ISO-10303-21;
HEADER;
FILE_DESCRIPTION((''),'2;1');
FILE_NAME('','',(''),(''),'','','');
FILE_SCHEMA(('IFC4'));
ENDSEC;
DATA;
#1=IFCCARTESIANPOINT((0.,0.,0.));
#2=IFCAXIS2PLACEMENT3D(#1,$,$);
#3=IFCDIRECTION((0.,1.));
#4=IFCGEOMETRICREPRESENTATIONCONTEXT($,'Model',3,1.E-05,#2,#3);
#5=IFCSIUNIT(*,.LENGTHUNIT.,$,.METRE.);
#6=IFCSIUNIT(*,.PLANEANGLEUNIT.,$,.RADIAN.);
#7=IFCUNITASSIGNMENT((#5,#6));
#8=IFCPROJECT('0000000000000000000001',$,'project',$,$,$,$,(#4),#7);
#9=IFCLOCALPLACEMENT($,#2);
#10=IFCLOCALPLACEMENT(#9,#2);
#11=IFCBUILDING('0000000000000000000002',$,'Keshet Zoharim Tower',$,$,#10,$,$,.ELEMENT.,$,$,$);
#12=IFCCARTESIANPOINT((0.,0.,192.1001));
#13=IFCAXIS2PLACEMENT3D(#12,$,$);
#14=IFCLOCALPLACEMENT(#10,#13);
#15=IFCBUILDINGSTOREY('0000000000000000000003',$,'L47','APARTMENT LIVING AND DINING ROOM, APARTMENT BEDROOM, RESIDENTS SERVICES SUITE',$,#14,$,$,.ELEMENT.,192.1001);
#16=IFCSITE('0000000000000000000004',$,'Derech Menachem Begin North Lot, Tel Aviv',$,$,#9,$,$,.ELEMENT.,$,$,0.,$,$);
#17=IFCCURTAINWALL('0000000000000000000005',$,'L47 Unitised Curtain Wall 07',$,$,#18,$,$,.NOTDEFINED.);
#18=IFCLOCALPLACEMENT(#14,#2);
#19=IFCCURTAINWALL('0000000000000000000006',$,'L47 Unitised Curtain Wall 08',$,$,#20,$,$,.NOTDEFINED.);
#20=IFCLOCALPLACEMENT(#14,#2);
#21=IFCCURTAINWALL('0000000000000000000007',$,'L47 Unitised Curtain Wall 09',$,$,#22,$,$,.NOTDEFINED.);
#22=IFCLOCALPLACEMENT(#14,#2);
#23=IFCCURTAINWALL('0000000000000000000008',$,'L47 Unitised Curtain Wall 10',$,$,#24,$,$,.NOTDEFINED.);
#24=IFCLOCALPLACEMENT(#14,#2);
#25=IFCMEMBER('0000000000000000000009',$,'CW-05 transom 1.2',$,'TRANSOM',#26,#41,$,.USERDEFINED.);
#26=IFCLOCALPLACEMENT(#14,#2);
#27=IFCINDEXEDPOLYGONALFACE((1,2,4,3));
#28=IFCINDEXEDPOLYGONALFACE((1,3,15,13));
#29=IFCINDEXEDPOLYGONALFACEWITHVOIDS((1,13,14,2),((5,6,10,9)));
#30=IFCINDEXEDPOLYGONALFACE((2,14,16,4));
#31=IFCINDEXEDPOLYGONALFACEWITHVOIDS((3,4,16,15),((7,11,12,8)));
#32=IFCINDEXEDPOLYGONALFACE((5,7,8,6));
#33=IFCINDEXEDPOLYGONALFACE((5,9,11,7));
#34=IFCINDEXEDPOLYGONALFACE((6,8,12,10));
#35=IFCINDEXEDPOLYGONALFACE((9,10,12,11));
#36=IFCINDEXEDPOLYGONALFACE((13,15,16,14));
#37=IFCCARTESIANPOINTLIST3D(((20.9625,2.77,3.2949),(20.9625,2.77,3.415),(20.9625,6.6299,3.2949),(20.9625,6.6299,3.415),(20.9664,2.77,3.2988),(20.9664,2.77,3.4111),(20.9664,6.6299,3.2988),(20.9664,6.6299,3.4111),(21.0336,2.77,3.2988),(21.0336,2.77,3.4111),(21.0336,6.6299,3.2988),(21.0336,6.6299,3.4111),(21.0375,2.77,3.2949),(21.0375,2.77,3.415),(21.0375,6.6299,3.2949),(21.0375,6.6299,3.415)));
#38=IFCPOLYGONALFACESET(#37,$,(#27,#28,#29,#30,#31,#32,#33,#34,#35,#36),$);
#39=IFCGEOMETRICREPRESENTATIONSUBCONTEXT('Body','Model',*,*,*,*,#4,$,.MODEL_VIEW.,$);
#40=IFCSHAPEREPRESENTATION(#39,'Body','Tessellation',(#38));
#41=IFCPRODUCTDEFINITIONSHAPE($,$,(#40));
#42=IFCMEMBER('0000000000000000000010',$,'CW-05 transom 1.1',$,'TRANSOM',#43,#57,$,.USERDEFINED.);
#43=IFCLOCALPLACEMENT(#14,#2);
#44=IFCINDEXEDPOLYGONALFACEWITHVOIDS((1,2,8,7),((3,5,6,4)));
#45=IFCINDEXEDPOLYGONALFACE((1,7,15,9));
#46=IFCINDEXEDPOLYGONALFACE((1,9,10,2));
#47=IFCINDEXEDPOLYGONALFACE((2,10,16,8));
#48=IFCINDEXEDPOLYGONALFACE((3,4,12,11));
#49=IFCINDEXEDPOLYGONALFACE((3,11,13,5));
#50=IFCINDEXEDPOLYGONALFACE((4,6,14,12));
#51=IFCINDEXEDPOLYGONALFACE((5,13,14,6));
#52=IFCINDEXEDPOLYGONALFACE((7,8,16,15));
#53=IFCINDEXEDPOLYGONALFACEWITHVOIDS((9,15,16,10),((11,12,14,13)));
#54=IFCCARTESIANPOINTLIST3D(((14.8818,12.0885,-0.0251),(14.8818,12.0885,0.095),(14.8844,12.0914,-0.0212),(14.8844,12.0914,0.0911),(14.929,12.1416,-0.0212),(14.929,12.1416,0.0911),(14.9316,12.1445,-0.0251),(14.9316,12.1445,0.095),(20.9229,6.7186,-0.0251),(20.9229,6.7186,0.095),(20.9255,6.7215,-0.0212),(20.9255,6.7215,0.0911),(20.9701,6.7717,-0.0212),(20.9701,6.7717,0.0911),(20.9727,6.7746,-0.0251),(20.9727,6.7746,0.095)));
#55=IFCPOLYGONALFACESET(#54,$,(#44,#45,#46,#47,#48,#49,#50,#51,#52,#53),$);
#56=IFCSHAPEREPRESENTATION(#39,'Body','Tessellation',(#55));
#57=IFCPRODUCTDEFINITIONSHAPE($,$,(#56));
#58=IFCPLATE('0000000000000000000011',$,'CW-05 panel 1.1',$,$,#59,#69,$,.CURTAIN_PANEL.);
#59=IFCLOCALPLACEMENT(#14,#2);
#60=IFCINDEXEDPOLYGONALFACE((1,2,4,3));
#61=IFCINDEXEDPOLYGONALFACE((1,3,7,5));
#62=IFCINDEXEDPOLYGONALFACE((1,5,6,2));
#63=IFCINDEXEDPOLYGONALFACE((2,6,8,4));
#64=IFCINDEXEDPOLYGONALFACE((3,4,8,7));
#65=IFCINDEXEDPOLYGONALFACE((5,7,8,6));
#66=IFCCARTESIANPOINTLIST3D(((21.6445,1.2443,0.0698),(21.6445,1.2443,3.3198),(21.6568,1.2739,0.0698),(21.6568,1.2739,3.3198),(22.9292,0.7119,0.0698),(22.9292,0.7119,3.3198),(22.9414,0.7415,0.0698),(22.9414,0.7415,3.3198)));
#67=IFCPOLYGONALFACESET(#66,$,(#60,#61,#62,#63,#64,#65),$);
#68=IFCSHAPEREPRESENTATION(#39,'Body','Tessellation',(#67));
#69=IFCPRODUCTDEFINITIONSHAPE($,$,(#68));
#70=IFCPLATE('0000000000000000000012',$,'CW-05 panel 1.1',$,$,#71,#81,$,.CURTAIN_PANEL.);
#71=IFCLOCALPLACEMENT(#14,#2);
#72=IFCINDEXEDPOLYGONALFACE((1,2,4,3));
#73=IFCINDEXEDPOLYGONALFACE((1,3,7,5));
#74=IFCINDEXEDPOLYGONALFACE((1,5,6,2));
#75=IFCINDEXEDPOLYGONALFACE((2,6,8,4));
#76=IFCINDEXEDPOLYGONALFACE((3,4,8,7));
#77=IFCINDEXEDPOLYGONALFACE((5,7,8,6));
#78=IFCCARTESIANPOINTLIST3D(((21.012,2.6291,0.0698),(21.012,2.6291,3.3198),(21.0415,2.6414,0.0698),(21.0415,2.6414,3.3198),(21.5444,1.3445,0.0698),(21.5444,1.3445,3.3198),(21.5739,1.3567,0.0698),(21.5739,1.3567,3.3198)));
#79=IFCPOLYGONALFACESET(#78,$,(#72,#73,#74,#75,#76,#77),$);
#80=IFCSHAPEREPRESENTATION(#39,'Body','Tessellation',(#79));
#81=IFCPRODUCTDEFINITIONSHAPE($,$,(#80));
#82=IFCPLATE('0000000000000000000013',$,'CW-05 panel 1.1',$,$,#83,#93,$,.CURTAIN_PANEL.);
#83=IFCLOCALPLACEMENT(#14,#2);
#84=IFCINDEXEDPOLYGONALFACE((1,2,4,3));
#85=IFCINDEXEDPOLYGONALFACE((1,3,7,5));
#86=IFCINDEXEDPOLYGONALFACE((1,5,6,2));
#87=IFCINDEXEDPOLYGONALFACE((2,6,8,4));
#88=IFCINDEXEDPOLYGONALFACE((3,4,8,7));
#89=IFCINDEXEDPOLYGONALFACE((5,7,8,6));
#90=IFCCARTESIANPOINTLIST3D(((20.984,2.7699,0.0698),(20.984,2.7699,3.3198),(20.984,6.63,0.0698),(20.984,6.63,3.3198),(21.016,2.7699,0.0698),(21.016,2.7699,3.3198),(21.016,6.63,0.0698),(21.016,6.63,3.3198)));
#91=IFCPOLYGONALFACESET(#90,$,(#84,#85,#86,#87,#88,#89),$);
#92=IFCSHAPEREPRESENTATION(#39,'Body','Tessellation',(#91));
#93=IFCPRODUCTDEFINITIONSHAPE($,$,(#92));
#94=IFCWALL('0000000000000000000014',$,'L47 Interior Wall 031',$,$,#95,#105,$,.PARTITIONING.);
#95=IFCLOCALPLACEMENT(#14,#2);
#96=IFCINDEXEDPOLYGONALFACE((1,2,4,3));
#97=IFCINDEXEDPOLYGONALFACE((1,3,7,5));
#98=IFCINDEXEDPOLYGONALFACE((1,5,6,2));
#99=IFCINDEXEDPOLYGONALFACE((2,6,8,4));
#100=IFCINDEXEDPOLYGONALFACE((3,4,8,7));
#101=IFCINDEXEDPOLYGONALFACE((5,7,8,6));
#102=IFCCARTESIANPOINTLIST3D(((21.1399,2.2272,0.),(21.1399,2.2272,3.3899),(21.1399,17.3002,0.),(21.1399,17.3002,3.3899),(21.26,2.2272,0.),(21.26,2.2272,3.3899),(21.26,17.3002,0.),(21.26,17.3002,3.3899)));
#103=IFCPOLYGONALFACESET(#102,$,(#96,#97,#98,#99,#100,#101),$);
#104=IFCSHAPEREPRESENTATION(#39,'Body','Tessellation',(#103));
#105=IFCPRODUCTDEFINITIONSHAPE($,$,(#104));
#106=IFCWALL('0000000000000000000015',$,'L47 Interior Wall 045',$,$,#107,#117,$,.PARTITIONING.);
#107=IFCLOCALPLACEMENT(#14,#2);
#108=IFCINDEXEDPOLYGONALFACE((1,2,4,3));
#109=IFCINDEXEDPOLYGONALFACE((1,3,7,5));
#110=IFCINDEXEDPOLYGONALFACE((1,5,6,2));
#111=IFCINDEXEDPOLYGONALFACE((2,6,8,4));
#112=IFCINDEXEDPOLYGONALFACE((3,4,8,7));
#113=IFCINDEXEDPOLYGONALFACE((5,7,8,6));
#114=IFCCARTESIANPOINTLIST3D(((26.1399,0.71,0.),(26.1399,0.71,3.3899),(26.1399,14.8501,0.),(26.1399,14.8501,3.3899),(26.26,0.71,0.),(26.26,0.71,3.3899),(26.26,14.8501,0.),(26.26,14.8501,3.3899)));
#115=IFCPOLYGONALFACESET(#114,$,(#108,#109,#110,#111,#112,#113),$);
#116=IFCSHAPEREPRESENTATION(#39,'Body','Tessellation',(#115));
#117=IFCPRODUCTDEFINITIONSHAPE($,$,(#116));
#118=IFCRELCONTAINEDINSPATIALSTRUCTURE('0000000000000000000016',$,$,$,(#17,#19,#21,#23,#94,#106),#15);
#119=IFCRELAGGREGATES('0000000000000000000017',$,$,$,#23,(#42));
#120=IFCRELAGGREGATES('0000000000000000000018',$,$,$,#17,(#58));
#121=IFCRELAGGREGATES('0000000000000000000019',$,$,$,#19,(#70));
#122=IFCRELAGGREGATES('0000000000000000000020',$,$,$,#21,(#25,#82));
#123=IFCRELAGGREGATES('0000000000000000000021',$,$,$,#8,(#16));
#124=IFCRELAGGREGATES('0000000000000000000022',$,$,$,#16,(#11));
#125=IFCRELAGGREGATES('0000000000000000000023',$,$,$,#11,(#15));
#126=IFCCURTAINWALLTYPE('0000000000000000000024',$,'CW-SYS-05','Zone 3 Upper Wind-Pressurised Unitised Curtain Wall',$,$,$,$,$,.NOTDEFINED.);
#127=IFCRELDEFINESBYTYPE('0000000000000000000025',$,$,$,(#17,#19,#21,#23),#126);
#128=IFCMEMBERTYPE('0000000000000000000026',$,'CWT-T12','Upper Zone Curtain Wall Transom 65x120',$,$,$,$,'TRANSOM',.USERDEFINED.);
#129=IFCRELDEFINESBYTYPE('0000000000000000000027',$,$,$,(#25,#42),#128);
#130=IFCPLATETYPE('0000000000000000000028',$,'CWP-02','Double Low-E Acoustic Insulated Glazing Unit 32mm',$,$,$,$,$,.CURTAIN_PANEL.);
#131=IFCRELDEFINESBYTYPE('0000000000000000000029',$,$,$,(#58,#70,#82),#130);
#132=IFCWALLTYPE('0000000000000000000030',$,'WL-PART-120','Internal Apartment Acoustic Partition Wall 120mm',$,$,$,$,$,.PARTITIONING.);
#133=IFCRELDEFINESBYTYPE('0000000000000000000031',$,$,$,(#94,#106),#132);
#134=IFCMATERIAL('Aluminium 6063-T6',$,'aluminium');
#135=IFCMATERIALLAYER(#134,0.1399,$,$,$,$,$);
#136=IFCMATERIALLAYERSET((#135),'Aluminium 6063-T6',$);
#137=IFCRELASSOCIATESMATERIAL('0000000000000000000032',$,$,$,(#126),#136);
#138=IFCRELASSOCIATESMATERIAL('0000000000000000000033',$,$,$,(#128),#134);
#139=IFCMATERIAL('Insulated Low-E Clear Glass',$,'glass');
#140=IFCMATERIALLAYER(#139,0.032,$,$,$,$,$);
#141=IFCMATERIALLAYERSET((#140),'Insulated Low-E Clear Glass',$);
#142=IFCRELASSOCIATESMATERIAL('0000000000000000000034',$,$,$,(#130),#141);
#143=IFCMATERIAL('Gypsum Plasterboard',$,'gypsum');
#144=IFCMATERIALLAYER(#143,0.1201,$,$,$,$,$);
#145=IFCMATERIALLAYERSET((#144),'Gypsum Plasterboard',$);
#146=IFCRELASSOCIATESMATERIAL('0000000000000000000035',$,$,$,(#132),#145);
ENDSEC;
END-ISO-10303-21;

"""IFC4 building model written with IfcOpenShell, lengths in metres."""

from ifc_helpers import new_model, si_unit, direction, frame, frame_2d, origin, origin_2d, place, context, subcontext, project, spatial, rectangle, hollow_rectangle, extrude, material, layer, layer_set, material_profile, profile_set, type_object, element, aggregate, save


model = new_model("IFC4")

# Units and contexts
model_context = context("Model", 3, precision=1e-05, world=origin(), true_north=direction((0.0, 1.0)))
body_context = subcontext(model_context, "Body", "Model", "MODEL_VIEW")
ifc_project = project(units=[si_unit("LENGTHUNIT", "METRE"), si_unit("PLANEANGLEUNIT", "RADIAN")], contexts=[model_context])

# Site, building, storey
site_placement = place(None, origin())
site = spatial("IfcSite", under=ifc_project, at=site_placement, Name="Derech Menachem Begin North Lot, Tel Aviv", CompositionType="ELEMENT", RefElevation=0.0)
building_placement = place(site_placement, origin())
building = spatial("IfcBuilding", under=site, at=building_placement, Name="Keshet Zoharim Tower", CompositionType="ELEMENT")
storey_placement = place(building_placement, frame((0.0, 0.0, 192.1001)))
storey = spatial("IfcBuildingStorey", under=building, at=storey_placement, Name="L47", Description="APARTMENT LIVING AND DINING ROOM, APARTMENT BEDROOM, RESIDENTS SERVICES SUITE", CompositionType="ELEMENT", Elevation=192.1001)

# Shared definitions
ifc_material_1 = material(Name="Aluminium 6063-T6", Category="aluminium")
ifc_layer_1 = layer(ifc_material_1, 0.1399)
ifc_layer_set_1 = layer_set([ifc_layer_1], Name="Aluminium 6063-T6")
curtain_wall_type = type_object("IfcCurtainWallType", Name="CW-SYS-05", Description="Zone 3 Upper Wind-Pressurised Unitised Curtain Wall", PredefinedType="NOTDEFINED", material=ifc_layer_set_1)

# Curtain walls
curtain_wall_1_placement = place(storey_placement, origin())
curtain_wall_1 = element("IfcCurtainWall", 1, at=curtain_wall_1_placement, inside=storey, type_object=curtain_wall_type, Name="L47 Unitised Curtain Wall 07", PredefinedType="NOTDEFINED")
curtain_wall_2_placement = place(storey_placement, origin())
curtain_wall_2 = element("IfcCurtainWall", 2, at=curtain_wall_2_placement, inside=storey, type_object=curtain_wall_type, Name="L47 Unitised Curtain Wall 08", PredefinedType="NOTDEFINED")
curtain_wall_3_placement = place(storey_placement, origin())
curtain_wall_3 = element("IfcCurtainWall", 3, at=curtain_wall_3_placement, inside=storey, type_object=curtain_wall_type, Name="L47 Unitised Curtain Wall 09", PredefinedType="NOTDEFINED")

# Curtain wall
curtain_wall_4_placement = place(storey_placement, origin())
curtain_wall_4 = element("IfcCurtainWall", 4, at=curtain_wall_4_placement, inside=storey, type_object=curtain_wall_type, Name="L47 Unitised Curtain Wall 10", PredefinedType="NOTDEFINED")

# Members
ifc_material_profile_1 = material_profile(ifc_material_1, hollow_rectangle(XDim=0.075, YDim=0.1201, WallThickness=0.0039, at=origin_2d()), Name="TRN-75x120")
ifc_profile_set_1 = profile_set([ifc_material_profile_1], Name="Aluminium 6063-T6")
member_type_1 = type_object("IfcMemberType", Name="CWT-T12", Description="Upper Zone Curtain Wall Transom 65x120", ElementType="TRANSOM", PredefinedType="USERDEFINED", material=ifc_profile_set_1)
member_1_placement = place(storey_placement, frame((21.0, 2.77, 3.355), z_axis=(0.0, 1.0, 0.0), x_axis=(-1.0, 0.0, 0.0)))
member_1 = element("IfcMember", 5, at=member_1_placement, type_object=member_type_1, Name="CW-05 transom 1.2", ObjectType="TRANSOM", PredefinedType="USERDEFINED", context=body_context, shape_type="SweptSolid", body=[
    extrude(hollow_rectangle(XDim=0.075, YDim=0.1201, WallThickness=0.0039, at=origin_2d()), origin(), (0.0, 0.0, 1.0), 3.8599),
])
member_2_placement = place(storey_placement, frame((20.9478, 6.7466, 0.0349), z_axis=(-0.747404, 0.664369, 0.0), x_axis=(-0.664369, -0.747404, 0.0)))
member_2 = element("IfcMember", 6, at=member_2_placement, type_object=member_type_1, Name="CW-05 transom 1.1", ObjectType="TRANSOM", PredefinedType="USERDEFINED", context=body_context, shape_type="SweptSolid", body=[
    extrude(hollow_rectangle(XDim=0.075, YDim=0.1201, WallThickness=0.0039, at=origin_2d()), origin(), (0.0, 0.0, 1.0), 8.0828),
])
aggregate(curtain_wall_4, [member_2])

# Plates
ifc_material_2 = material(Name="Insulated Low-E Clear Glass", Category="glass")
ifc_layer_2 = layer(ifc_material_2, 0.032)
ifc_layer_set_2 = layer_set([ifc_layer_2], Name="Insulated Low-E Clear Glass")
plate_type = type_object("IfcPlateType", Name="CWP-02", Description="Double Low-E Acoustic Insulated Glazing Unit 32mm", PredefinedType="CURTAIN_PANEL", material=ifc_layer_set_2)
plate_1_placement = place(storey_placement, frame((22.293, 0.9929, 0.0698), z_axis=(0.0, 0.0, 1.0), x_axis=(-0.92381, 0.382852, 0.0)))
plate_1 = element("IfcPlate", 7, at=plate_1_placement, type_object=plate_type, Name="CW-05 panel 1.1", PredefinedType="CURTAIN_PANEL", context=body_context, shape_type="SweptSolid", body=[
    extrude(rectangle(XDim=1.3906, YDim=0.032, at=origin_2d()), origin(), (0.0, 0.0, 1.0), 3.25),
])
aggregate(curtain_wall_1, [plate_1])
plate_2_placement = place(storey_placement, frame((21.293, 1.9929, 0.0698), z_axis=(0.0, 0.0, 1.0), x_axis=(-0.382852, 0.92381, 0.0)))
plate_2 = element("IfcPlate", 8, at=plate_2_placement, type_object=plate_type, Name="CW-05 panel 1.1", PredefinedType="CURTAIN_PANEL", context=body_context, shape_type="SweptSolid", body=[
    extrude(rectangle(XDim=1.3906, YDim=0.032, at=origin_2d()), origin(), (0.0, 0.0, 1.0), 3.25),
])
aggregate(curtain_wall_2, [plate_2])
plate_3_placement = place(storey_placement, frame((21.0, 4.7, 0.0698), z_axis=(0.0, 0.0, 1.0), x_axis=(0.0, 1.0, 0.0)))
plate_3 = element("IfcPlate", 9, at=plate_3_placement, type_object=plate_type, Name="CW-05 panel 1.1", PredefinedType="CURTAIN_PANEL", context=body_context, shape_type="SweptSolid", body=[
    extrude(rectangle(XDim=3.8601, YDim=0.032, at=origin_2d()), origin(), (0.0, 0.0, 1.0), 3.25),
])
aggregate(curtain_wall_3, [member_1, plate_3])

# Walls
ifc_material_3 = material(Name="Gypsum Plasterboard", Category="gypsum")
ifc_layer_3 = layer(ifc_material_3, 0.1201)
ifc_layer_set_3 = layer_set([ifc_layer_3], Name="Gypsum Plasterboard")
wall_type = type_object("IfcWallType", Name="WL-PART-120", Description="Internal Apartment Acoustic Partition Wall 120mm", PredefinedType="PARTITIONING", material=ifc_layer_set_3)
wall_1_placement = place(storey_placement, frame((21.2, 2.2271, 0.0), z_axis=(0.0, 0.0, 1.0), x_axis=(0.0, 1.0, 0.0)))
element("IfcWall", 10, at=wall_1_placement, inside=storey, type_object=wall_type, Name="L47 Interior Wall 031", PredefinedType="PARTITIONING", context=body_context, shape_type="SweptSolid", body=[
    extrude(rectangle(XDim=15.073, YDim=0.1201, at=frame_2d((7.5366, 0.0))), origin(), (0.0, 0.0, 1.0), 3.3899),
])
wall_2_placement = place(storey_placement, frame((26.2, 0.71, 0.0), z_axis=(0.0, 0.0, 1.0), x_axis=(0.0, 1.0, 0.0)))
element("IfcWall", 11, at=wall_2_placement, inside=storey, type_object=wall_type, Name="L47 Interior Wall 045", PredefinedType="PARTITIONING", context=body_context, shape_type="SweptSolid", body=[
    extrude(rectangle(XDim=14.1401, YDim=0.1201, at=frame_2d((7.0701, 0.0))), origin(), (0.0, 0.0, 1.0), 3.3899),
])

save(model, "model.ifc")
